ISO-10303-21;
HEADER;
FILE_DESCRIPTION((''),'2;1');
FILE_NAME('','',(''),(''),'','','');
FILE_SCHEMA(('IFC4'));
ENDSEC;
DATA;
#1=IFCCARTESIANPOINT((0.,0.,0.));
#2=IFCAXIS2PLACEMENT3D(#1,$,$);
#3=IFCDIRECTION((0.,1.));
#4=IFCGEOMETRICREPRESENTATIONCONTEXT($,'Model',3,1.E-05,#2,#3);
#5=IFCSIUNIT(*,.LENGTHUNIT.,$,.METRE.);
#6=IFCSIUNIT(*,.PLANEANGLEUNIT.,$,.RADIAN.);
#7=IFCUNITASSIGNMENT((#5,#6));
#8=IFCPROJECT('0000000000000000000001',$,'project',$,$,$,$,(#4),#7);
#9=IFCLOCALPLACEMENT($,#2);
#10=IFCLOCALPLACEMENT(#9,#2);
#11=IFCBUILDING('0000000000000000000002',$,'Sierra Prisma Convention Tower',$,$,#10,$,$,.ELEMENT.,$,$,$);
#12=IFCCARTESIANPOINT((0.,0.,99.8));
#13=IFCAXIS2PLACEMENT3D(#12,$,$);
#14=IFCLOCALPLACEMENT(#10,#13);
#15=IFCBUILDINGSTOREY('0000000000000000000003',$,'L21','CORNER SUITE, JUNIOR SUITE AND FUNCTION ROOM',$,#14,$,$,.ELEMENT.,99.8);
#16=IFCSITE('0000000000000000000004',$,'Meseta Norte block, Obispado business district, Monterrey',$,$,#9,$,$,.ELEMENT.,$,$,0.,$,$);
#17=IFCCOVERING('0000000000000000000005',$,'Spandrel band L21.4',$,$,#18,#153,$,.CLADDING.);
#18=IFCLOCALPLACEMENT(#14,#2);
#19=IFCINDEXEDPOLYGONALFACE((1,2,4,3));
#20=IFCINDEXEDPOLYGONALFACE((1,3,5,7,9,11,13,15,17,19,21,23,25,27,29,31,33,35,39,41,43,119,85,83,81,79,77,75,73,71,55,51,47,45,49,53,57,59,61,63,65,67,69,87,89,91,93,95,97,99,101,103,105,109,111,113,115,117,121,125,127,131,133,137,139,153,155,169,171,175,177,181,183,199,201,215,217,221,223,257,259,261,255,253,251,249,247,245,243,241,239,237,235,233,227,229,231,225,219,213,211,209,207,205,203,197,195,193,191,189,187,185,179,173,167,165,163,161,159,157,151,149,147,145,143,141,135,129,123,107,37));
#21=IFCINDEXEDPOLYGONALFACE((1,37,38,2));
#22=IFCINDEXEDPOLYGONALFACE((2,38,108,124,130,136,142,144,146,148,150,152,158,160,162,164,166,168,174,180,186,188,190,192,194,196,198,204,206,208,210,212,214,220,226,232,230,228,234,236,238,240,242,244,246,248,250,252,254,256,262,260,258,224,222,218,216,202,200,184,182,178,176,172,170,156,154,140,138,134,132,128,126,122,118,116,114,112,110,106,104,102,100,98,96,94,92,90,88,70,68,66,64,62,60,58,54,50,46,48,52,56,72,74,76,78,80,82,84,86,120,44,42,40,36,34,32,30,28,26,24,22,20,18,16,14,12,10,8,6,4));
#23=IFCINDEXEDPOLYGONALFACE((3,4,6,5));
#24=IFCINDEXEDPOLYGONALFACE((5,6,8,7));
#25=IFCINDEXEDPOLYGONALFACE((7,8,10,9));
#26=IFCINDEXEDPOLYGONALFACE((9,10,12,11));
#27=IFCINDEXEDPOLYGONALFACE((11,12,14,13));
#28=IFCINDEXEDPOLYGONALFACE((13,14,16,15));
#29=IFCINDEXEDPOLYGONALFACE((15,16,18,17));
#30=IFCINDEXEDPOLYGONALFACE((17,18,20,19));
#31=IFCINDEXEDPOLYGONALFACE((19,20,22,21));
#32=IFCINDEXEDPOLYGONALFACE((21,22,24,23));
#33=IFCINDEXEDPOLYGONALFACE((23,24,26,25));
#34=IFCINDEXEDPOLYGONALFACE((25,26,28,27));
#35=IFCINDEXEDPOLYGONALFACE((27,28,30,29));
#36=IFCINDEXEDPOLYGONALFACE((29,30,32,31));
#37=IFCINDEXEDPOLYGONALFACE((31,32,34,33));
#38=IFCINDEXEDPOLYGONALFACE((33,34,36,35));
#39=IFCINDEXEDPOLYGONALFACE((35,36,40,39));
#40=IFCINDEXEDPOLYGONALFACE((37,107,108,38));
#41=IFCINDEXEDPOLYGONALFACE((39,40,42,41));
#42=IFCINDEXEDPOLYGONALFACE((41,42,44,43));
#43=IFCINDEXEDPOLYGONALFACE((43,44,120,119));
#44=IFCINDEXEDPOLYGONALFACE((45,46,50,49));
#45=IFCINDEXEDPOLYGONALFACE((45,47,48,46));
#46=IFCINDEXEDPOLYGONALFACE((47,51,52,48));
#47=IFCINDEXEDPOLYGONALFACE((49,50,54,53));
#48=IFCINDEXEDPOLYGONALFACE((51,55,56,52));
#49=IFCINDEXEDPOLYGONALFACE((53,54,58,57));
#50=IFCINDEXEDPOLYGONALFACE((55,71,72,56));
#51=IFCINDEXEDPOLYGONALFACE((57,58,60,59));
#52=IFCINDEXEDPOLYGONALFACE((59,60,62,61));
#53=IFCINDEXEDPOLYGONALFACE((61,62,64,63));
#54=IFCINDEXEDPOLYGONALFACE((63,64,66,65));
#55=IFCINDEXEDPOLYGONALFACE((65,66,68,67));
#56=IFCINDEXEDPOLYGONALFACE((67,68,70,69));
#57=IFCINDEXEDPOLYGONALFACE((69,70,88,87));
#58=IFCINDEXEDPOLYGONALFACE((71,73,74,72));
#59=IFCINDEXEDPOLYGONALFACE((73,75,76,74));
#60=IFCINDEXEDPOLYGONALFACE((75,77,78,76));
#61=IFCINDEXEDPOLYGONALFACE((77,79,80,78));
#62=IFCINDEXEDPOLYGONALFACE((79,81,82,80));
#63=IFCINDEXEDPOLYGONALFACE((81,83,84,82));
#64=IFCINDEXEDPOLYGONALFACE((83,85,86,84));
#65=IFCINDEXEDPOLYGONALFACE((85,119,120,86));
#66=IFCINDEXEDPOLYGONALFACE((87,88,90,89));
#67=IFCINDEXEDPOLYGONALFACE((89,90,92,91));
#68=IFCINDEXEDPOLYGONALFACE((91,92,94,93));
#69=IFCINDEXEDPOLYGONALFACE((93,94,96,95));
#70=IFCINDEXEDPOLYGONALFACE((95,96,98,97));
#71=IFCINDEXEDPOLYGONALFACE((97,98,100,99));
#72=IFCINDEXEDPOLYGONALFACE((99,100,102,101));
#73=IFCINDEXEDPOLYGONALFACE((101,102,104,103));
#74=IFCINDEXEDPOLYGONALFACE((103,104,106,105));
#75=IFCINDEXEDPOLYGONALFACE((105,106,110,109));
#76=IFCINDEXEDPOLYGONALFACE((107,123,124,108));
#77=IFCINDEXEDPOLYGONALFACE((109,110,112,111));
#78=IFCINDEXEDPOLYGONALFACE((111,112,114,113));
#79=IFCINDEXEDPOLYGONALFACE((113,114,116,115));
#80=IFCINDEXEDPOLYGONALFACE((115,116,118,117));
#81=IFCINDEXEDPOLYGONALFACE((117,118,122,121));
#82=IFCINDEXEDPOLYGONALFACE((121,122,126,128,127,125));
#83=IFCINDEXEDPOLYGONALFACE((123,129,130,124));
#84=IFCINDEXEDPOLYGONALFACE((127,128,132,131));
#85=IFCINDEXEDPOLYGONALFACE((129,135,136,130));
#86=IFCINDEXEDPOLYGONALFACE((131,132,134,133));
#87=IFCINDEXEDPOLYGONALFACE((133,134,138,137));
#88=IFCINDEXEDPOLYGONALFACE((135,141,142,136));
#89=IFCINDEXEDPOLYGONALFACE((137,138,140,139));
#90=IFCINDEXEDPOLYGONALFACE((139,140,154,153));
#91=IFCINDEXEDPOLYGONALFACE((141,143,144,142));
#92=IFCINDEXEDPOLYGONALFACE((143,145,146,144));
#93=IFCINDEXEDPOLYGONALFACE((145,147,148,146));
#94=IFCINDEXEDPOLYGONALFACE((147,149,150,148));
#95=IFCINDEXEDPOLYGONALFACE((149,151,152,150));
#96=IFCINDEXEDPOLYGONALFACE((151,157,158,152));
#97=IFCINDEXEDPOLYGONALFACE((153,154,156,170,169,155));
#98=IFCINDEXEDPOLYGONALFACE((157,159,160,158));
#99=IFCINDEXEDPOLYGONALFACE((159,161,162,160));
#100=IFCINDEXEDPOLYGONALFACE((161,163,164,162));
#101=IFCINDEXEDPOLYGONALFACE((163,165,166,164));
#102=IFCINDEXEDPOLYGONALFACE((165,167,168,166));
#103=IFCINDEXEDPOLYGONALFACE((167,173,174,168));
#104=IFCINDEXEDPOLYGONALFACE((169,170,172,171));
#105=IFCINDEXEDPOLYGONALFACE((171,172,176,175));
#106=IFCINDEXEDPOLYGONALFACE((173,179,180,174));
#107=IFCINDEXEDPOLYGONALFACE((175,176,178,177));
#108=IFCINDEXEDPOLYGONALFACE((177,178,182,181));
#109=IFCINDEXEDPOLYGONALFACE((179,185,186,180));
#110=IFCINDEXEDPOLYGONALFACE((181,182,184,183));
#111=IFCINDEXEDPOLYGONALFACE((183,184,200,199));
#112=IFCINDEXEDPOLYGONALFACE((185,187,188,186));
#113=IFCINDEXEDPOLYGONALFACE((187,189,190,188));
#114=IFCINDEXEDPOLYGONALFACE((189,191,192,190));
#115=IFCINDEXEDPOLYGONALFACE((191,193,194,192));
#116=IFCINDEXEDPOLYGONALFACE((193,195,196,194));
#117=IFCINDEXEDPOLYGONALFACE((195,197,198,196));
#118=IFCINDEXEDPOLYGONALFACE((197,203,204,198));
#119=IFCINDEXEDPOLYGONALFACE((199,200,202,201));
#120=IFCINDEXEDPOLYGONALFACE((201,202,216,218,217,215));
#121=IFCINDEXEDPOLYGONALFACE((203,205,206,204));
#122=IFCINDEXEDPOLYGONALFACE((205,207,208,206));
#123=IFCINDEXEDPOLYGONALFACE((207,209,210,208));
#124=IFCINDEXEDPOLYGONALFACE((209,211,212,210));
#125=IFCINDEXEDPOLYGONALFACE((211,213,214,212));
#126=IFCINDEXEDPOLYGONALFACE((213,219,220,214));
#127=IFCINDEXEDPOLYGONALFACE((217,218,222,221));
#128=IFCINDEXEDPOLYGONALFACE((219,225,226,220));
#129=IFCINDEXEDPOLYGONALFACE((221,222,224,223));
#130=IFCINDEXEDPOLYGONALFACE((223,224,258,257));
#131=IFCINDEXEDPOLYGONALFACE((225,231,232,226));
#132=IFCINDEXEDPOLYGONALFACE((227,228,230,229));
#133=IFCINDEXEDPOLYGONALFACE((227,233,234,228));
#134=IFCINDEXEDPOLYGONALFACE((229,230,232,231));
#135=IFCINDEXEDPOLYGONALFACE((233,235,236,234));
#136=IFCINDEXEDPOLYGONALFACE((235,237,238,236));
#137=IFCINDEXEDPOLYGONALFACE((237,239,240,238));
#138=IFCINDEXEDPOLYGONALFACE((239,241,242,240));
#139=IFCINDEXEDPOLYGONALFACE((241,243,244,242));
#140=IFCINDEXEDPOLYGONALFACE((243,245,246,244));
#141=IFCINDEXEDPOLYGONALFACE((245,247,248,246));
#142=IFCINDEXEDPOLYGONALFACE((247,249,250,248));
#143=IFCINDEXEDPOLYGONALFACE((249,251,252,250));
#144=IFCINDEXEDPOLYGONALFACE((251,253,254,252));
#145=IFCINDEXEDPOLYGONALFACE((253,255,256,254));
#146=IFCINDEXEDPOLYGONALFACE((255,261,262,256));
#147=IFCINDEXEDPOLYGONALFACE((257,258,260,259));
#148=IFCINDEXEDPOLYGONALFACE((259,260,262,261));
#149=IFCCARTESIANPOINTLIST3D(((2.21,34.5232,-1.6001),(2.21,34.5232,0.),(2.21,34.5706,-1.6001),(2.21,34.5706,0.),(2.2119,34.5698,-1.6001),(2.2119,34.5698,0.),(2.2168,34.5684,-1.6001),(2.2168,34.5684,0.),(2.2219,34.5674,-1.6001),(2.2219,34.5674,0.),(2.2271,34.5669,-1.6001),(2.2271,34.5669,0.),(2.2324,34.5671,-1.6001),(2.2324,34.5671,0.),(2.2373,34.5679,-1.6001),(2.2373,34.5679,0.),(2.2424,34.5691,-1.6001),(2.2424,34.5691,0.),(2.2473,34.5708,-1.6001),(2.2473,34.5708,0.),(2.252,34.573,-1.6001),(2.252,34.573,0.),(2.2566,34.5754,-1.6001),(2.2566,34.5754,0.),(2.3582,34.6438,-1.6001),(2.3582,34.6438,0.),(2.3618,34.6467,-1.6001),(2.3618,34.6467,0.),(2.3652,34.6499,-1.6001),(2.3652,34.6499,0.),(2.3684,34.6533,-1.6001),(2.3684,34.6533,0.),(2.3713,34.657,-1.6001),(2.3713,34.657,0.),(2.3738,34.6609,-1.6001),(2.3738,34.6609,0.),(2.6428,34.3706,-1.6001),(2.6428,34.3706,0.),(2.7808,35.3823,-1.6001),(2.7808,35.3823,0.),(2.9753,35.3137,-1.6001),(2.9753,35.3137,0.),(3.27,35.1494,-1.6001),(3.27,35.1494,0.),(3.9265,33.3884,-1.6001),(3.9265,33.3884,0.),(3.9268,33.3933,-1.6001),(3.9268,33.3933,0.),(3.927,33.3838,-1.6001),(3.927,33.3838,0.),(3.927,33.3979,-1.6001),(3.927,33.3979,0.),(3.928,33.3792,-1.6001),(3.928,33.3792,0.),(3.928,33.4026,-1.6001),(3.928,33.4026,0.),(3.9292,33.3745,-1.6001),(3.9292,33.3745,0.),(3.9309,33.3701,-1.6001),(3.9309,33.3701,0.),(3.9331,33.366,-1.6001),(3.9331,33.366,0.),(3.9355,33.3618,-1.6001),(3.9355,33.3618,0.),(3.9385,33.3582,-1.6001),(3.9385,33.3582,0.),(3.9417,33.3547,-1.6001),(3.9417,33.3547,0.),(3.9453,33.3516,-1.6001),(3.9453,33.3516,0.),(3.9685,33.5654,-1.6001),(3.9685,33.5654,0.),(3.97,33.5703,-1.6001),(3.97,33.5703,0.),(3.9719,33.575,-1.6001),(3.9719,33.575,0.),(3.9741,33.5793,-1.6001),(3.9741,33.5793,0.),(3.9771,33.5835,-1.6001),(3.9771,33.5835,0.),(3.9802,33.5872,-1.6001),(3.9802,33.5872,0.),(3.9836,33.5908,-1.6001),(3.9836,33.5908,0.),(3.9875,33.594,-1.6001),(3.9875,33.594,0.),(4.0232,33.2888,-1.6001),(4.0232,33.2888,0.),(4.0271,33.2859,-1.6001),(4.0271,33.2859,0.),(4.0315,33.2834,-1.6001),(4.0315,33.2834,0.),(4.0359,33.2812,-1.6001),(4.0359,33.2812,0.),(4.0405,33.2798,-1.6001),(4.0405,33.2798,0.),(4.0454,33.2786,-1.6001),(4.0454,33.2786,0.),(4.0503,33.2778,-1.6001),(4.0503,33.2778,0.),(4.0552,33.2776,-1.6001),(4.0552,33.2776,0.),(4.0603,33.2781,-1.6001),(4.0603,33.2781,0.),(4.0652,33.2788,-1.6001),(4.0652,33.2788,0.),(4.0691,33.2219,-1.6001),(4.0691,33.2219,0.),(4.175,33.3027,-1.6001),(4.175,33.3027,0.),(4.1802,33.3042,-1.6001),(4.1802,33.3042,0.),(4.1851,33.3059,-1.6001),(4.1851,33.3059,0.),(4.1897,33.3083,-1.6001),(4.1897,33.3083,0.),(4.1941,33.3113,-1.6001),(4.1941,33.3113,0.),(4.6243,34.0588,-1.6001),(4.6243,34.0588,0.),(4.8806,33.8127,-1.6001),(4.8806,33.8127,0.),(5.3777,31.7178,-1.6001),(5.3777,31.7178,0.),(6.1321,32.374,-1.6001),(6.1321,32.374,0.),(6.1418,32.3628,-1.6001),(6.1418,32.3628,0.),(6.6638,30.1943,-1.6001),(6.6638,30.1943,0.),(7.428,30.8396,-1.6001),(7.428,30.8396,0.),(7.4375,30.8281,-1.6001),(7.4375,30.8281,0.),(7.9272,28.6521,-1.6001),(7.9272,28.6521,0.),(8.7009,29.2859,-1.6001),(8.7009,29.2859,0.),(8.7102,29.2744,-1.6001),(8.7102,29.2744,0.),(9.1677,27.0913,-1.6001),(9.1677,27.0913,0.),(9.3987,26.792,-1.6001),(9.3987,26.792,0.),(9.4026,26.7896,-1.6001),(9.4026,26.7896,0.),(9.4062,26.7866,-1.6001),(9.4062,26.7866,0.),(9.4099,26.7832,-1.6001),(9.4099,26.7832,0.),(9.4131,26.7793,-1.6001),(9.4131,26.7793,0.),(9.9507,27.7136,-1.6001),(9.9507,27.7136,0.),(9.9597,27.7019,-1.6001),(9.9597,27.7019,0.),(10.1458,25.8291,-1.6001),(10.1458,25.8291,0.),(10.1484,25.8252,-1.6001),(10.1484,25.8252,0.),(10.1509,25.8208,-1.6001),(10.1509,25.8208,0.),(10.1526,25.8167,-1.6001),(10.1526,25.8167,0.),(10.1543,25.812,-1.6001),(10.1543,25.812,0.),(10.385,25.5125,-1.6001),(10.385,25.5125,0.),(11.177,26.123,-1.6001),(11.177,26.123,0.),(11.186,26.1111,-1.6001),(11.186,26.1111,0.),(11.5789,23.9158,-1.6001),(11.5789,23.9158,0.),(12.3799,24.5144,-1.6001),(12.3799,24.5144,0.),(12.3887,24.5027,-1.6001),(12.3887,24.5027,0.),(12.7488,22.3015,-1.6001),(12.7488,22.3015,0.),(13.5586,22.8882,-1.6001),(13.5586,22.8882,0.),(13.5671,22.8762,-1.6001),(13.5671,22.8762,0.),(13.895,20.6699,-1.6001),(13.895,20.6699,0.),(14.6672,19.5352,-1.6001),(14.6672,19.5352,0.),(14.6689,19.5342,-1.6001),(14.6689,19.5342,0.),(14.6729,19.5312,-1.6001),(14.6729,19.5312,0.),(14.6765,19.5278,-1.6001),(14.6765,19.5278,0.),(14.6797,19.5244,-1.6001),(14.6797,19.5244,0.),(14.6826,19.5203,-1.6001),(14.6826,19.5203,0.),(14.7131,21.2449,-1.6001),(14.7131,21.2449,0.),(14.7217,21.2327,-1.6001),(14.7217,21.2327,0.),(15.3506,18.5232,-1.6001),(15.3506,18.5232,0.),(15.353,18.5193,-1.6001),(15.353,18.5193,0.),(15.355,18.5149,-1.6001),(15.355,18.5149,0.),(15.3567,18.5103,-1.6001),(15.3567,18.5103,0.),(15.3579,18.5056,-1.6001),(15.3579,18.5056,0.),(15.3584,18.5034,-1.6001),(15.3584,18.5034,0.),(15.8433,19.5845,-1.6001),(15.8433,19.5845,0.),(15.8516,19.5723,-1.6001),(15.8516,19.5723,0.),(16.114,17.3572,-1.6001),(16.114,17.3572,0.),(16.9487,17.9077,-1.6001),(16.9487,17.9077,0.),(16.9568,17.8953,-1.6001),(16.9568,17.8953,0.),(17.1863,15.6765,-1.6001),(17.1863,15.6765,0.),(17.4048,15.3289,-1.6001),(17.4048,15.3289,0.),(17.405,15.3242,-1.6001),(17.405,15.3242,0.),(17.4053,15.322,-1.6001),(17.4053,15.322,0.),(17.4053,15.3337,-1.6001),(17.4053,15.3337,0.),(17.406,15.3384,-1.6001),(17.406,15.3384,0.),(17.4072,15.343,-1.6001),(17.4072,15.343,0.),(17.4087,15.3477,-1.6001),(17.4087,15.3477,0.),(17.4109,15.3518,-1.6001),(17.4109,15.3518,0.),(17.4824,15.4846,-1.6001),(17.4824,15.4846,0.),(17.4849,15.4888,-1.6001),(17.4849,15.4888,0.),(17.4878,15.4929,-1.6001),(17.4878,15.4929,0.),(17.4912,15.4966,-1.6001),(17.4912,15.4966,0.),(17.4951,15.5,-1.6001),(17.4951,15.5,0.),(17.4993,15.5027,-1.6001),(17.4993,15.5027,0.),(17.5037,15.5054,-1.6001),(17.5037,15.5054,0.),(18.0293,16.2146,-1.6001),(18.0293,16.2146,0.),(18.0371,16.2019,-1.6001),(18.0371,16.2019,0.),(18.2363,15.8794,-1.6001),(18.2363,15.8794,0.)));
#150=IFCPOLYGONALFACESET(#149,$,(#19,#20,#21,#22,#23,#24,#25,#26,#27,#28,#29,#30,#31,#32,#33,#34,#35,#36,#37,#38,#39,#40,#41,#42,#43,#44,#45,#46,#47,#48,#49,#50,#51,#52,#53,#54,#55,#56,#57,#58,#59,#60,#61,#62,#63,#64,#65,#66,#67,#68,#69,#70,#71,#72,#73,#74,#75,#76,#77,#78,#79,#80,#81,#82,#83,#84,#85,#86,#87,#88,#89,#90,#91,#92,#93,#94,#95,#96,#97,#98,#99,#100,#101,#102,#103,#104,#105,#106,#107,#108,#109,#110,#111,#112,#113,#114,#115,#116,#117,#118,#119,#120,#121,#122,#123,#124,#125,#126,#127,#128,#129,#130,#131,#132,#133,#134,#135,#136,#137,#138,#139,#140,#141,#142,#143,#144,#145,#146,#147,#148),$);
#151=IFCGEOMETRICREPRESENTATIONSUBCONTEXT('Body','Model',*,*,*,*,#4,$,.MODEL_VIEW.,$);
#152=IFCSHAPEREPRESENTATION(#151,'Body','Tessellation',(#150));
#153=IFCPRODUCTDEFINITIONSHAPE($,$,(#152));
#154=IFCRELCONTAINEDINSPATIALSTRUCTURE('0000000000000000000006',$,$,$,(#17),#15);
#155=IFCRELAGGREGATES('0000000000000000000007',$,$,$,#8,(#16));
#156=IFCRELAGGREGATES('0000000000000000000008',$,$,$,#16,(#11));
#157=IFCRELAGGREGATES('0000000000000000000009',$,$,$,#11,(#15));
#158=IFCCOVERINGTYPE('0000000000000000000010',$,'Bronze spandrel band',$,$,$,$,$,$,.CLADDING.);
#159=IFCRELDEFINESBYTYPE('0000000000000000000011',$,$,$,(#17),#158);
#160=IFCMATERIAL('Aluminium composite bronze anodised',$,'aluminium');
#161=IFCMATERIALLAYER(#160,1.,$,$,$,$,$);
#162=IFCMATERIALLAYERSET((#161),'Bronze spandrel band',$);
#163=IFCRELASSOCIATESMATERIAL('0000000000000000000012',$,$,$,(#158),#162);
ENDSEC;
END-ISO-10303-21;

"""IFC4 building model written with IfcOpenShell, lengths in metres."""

from ifc_helpers import new_model, si_unit, direction, frame, origin, place, context, subcontext, project, spatial, polyline, outline, extrude, material, layer, layer_set, type_object, element, save


model = new_model("IFC4")

# Units and contexts
model_context = context("Model", 3, precision=1e-05, world=origin(), true_north=direction((0.0, 1.0)))
body_context = subcontext(model_context, "Body", "Model", "MODEL_VIEW")
ifc_project = project(units=[si_unit("LENGTHUNIT", "METRE"), si_unit("PLANEANGLEUNIT", "RADIAN")], contexts=[model_context])

# Site, building, storey
site_placement = place(None, origin())
site = spatial("IfcSite", under=ifc_project, at=site_placement, Name="Meseta Norte block, Obispado business district, Monterrey", CompositionType="ELEMENT", RefElevation=0.0)
building_placement = place(site_placement, origin())
building = spatial("IfcBuilding", under=site, at=building_placement, Name="Sierra Prisma Convention Tower", CompositionType="ELEMENT")
storey_placement = place(building_placement, frame((0.0, 0.0, 99.8)))
storey = spatial("IfcBuildingStorey", under=building, at=storey_placement, Name="L21", Description="CORNER SUITE, JUNIOR SUITE AND FUNCTION ROOM", CompositionType="ELEMENT", Elevation=99.8)

# Covering
ifc_material_1 = material(Name="Aluminium composite bronze anodised", Category="aluminium")
ifc_layer_1 = layer(ifc_material_1, 1.0)
ifc_layer_set_1 = layer_set([ifc_layer_1], Name="Bronze spandrel band")
covering_type_1 = type_object("IfcCoveringType", Name="Bronze spandrel band", PredefinedType="CLADDING", material=ifc_layer_set_1)
covering_1_placement = place(storey_placement, frame((0.0, 0.0, -1.6001)))
element("IfcCovering", 1, at=covering_1_placement, inside=storey, type_object=covering_type_1, Name="Spandrel band L21.4", PredefinedType="CLADDING", context=body_context, shape_type="SweptSolid", body=[
    extrude(outline(polyline([(2.3652, 34.6499), (2.3684, 34.6533), (2.3713, 34.657), (2.3738, 34.6609), (2.7808, 35.3823), (2.9753, 35.3137), (3.27, 35.1494), (4.6243, 34.0588), (3.9875, 33.594), (3.9836, 33.5908), (3.9802, 33.5872), (3.9771, 33.5835), (3.9741, 33.5793), (3.9719, 33.575), (3.97, 33.5703), (3.9685, 33.5654), (3.928, 33.4026), (3.927, 33.3979), (3.9268, 33.3933), (3.9265, 33.3884), (3.927, 33.3838), (3.928, 33.3792), (3.9292, 33.3745), (3.9309, 33.3701), (3.9331, 33.366), (3.9355, 33.3618), (3.9385, 33.3582), (3.9417, 33.3547), (3.9453, 33.3516), (4.0232, 33.2888), (4.0271, 33.2859), (4.0315, 33.2834), (4.0359, 33.2812), (4.0405, 33.2798), (4.0454, 33.2786), (4.0503, 33.2778), (4.0552, 33.2776), (4.0603, 33.2781), (4.0652, 33.2788), (4.175, 33.3027), (4.1802, 33.3042), (4.1851, 33.3059), (4.1897, 33.3083), (4.1941, 33.3113), (4.8806, 33.8127), (6.1321, 32.374), (6.1418, 32.3628), (7.428, 30.8396), (7.4375, 30.8281), (8.7009, 29.2859), (8.7102, 29.2744), (9.9507, 27.7136), (9.9597, 27.7019), (11.177, 26.123), (11.186, 26.1111), (12.3799, 24.5144), (12.3887, 24.5027), (13.5586, 22.8882), (13.5671, 22.8762), (14.7131, 21.2449), (14.7217, 21.2327), (15.8433, 19.5845), (15.8516, 19.5723), (16.9487, 17.9077), (16.9568, 17.8953), (18.0293, 16.2146), (18.0371, 16.2019), (18.2363, 15.8794), (17.5037, 15.5054), (17.4993, 15.5027), (17.4951, 15.5), (17.4912, 15.4966), (17.4878, 15.4929), (17.4849, 15.4888), (17.4824, 15.4846), (17.4109, 15.3518), (17.4087, 15.3477), (17.4072, 15.343), (17.406, 15.3384), (17.4053, 15.3337), (17.4048, 15.3289), (17.405, 15.3242), (17.4053, 15.322), (17.1863, 15.6765), (16.114, 17.3572), (15.3584, 18.5034), (15.3579, 18.5056), (15.3567, 18.5103), (15.355, 18.5149), (15.353, 18.5193), (15.3506, 18.5232), (14.6826, 19.5203), (14.6797, 19.5244), (14.6765, 19.5278), (14.6729, 19.5312), (14.6689, 19.5342), (14.6672, 19.5352), (13.895, 20.6699), (12.7488, 22.3015), (11.5789, 23.9158), (10.385, 25.5125), (10.1543, 25.812), (10.1543, 25.812), (10.1526, 25.8167), (10.1509, 25.8208), (10.1484, 25.8252), (10.1458, 25.8291), (9.4131, 26.7793), (9.4099, 26.7832), (9.4062, 26.7866), (9.4026, 26.7896), (9.3987, 26.792), (9.1677, 27.0913), (7.9272, 28.6521), (6.6638, 30.1943), (5.3777, 31.7178), (4.0691, 33.2219), (2.6428, 34.3706), (2.21, 34.5232), (2.21, 34.5706), (2.2119, 34.5698), (2.2168, 34.5684), (2.2219, 34.5674), (2.2271, 34.5669), (2.2324, 34.5671), (2.2373, 34.5679), (2.2424, 34.5691), (2.2473, 34.5708), (2.252, 34.573), (2.2566, 34.5754), (2.3582, 34.6438), (2.3618, 34.6467), (2.3652, 34.6499)])), origin(), (0.0, 0.0, 1.0), 1.6001),
])

save(model, "model.ifc")
